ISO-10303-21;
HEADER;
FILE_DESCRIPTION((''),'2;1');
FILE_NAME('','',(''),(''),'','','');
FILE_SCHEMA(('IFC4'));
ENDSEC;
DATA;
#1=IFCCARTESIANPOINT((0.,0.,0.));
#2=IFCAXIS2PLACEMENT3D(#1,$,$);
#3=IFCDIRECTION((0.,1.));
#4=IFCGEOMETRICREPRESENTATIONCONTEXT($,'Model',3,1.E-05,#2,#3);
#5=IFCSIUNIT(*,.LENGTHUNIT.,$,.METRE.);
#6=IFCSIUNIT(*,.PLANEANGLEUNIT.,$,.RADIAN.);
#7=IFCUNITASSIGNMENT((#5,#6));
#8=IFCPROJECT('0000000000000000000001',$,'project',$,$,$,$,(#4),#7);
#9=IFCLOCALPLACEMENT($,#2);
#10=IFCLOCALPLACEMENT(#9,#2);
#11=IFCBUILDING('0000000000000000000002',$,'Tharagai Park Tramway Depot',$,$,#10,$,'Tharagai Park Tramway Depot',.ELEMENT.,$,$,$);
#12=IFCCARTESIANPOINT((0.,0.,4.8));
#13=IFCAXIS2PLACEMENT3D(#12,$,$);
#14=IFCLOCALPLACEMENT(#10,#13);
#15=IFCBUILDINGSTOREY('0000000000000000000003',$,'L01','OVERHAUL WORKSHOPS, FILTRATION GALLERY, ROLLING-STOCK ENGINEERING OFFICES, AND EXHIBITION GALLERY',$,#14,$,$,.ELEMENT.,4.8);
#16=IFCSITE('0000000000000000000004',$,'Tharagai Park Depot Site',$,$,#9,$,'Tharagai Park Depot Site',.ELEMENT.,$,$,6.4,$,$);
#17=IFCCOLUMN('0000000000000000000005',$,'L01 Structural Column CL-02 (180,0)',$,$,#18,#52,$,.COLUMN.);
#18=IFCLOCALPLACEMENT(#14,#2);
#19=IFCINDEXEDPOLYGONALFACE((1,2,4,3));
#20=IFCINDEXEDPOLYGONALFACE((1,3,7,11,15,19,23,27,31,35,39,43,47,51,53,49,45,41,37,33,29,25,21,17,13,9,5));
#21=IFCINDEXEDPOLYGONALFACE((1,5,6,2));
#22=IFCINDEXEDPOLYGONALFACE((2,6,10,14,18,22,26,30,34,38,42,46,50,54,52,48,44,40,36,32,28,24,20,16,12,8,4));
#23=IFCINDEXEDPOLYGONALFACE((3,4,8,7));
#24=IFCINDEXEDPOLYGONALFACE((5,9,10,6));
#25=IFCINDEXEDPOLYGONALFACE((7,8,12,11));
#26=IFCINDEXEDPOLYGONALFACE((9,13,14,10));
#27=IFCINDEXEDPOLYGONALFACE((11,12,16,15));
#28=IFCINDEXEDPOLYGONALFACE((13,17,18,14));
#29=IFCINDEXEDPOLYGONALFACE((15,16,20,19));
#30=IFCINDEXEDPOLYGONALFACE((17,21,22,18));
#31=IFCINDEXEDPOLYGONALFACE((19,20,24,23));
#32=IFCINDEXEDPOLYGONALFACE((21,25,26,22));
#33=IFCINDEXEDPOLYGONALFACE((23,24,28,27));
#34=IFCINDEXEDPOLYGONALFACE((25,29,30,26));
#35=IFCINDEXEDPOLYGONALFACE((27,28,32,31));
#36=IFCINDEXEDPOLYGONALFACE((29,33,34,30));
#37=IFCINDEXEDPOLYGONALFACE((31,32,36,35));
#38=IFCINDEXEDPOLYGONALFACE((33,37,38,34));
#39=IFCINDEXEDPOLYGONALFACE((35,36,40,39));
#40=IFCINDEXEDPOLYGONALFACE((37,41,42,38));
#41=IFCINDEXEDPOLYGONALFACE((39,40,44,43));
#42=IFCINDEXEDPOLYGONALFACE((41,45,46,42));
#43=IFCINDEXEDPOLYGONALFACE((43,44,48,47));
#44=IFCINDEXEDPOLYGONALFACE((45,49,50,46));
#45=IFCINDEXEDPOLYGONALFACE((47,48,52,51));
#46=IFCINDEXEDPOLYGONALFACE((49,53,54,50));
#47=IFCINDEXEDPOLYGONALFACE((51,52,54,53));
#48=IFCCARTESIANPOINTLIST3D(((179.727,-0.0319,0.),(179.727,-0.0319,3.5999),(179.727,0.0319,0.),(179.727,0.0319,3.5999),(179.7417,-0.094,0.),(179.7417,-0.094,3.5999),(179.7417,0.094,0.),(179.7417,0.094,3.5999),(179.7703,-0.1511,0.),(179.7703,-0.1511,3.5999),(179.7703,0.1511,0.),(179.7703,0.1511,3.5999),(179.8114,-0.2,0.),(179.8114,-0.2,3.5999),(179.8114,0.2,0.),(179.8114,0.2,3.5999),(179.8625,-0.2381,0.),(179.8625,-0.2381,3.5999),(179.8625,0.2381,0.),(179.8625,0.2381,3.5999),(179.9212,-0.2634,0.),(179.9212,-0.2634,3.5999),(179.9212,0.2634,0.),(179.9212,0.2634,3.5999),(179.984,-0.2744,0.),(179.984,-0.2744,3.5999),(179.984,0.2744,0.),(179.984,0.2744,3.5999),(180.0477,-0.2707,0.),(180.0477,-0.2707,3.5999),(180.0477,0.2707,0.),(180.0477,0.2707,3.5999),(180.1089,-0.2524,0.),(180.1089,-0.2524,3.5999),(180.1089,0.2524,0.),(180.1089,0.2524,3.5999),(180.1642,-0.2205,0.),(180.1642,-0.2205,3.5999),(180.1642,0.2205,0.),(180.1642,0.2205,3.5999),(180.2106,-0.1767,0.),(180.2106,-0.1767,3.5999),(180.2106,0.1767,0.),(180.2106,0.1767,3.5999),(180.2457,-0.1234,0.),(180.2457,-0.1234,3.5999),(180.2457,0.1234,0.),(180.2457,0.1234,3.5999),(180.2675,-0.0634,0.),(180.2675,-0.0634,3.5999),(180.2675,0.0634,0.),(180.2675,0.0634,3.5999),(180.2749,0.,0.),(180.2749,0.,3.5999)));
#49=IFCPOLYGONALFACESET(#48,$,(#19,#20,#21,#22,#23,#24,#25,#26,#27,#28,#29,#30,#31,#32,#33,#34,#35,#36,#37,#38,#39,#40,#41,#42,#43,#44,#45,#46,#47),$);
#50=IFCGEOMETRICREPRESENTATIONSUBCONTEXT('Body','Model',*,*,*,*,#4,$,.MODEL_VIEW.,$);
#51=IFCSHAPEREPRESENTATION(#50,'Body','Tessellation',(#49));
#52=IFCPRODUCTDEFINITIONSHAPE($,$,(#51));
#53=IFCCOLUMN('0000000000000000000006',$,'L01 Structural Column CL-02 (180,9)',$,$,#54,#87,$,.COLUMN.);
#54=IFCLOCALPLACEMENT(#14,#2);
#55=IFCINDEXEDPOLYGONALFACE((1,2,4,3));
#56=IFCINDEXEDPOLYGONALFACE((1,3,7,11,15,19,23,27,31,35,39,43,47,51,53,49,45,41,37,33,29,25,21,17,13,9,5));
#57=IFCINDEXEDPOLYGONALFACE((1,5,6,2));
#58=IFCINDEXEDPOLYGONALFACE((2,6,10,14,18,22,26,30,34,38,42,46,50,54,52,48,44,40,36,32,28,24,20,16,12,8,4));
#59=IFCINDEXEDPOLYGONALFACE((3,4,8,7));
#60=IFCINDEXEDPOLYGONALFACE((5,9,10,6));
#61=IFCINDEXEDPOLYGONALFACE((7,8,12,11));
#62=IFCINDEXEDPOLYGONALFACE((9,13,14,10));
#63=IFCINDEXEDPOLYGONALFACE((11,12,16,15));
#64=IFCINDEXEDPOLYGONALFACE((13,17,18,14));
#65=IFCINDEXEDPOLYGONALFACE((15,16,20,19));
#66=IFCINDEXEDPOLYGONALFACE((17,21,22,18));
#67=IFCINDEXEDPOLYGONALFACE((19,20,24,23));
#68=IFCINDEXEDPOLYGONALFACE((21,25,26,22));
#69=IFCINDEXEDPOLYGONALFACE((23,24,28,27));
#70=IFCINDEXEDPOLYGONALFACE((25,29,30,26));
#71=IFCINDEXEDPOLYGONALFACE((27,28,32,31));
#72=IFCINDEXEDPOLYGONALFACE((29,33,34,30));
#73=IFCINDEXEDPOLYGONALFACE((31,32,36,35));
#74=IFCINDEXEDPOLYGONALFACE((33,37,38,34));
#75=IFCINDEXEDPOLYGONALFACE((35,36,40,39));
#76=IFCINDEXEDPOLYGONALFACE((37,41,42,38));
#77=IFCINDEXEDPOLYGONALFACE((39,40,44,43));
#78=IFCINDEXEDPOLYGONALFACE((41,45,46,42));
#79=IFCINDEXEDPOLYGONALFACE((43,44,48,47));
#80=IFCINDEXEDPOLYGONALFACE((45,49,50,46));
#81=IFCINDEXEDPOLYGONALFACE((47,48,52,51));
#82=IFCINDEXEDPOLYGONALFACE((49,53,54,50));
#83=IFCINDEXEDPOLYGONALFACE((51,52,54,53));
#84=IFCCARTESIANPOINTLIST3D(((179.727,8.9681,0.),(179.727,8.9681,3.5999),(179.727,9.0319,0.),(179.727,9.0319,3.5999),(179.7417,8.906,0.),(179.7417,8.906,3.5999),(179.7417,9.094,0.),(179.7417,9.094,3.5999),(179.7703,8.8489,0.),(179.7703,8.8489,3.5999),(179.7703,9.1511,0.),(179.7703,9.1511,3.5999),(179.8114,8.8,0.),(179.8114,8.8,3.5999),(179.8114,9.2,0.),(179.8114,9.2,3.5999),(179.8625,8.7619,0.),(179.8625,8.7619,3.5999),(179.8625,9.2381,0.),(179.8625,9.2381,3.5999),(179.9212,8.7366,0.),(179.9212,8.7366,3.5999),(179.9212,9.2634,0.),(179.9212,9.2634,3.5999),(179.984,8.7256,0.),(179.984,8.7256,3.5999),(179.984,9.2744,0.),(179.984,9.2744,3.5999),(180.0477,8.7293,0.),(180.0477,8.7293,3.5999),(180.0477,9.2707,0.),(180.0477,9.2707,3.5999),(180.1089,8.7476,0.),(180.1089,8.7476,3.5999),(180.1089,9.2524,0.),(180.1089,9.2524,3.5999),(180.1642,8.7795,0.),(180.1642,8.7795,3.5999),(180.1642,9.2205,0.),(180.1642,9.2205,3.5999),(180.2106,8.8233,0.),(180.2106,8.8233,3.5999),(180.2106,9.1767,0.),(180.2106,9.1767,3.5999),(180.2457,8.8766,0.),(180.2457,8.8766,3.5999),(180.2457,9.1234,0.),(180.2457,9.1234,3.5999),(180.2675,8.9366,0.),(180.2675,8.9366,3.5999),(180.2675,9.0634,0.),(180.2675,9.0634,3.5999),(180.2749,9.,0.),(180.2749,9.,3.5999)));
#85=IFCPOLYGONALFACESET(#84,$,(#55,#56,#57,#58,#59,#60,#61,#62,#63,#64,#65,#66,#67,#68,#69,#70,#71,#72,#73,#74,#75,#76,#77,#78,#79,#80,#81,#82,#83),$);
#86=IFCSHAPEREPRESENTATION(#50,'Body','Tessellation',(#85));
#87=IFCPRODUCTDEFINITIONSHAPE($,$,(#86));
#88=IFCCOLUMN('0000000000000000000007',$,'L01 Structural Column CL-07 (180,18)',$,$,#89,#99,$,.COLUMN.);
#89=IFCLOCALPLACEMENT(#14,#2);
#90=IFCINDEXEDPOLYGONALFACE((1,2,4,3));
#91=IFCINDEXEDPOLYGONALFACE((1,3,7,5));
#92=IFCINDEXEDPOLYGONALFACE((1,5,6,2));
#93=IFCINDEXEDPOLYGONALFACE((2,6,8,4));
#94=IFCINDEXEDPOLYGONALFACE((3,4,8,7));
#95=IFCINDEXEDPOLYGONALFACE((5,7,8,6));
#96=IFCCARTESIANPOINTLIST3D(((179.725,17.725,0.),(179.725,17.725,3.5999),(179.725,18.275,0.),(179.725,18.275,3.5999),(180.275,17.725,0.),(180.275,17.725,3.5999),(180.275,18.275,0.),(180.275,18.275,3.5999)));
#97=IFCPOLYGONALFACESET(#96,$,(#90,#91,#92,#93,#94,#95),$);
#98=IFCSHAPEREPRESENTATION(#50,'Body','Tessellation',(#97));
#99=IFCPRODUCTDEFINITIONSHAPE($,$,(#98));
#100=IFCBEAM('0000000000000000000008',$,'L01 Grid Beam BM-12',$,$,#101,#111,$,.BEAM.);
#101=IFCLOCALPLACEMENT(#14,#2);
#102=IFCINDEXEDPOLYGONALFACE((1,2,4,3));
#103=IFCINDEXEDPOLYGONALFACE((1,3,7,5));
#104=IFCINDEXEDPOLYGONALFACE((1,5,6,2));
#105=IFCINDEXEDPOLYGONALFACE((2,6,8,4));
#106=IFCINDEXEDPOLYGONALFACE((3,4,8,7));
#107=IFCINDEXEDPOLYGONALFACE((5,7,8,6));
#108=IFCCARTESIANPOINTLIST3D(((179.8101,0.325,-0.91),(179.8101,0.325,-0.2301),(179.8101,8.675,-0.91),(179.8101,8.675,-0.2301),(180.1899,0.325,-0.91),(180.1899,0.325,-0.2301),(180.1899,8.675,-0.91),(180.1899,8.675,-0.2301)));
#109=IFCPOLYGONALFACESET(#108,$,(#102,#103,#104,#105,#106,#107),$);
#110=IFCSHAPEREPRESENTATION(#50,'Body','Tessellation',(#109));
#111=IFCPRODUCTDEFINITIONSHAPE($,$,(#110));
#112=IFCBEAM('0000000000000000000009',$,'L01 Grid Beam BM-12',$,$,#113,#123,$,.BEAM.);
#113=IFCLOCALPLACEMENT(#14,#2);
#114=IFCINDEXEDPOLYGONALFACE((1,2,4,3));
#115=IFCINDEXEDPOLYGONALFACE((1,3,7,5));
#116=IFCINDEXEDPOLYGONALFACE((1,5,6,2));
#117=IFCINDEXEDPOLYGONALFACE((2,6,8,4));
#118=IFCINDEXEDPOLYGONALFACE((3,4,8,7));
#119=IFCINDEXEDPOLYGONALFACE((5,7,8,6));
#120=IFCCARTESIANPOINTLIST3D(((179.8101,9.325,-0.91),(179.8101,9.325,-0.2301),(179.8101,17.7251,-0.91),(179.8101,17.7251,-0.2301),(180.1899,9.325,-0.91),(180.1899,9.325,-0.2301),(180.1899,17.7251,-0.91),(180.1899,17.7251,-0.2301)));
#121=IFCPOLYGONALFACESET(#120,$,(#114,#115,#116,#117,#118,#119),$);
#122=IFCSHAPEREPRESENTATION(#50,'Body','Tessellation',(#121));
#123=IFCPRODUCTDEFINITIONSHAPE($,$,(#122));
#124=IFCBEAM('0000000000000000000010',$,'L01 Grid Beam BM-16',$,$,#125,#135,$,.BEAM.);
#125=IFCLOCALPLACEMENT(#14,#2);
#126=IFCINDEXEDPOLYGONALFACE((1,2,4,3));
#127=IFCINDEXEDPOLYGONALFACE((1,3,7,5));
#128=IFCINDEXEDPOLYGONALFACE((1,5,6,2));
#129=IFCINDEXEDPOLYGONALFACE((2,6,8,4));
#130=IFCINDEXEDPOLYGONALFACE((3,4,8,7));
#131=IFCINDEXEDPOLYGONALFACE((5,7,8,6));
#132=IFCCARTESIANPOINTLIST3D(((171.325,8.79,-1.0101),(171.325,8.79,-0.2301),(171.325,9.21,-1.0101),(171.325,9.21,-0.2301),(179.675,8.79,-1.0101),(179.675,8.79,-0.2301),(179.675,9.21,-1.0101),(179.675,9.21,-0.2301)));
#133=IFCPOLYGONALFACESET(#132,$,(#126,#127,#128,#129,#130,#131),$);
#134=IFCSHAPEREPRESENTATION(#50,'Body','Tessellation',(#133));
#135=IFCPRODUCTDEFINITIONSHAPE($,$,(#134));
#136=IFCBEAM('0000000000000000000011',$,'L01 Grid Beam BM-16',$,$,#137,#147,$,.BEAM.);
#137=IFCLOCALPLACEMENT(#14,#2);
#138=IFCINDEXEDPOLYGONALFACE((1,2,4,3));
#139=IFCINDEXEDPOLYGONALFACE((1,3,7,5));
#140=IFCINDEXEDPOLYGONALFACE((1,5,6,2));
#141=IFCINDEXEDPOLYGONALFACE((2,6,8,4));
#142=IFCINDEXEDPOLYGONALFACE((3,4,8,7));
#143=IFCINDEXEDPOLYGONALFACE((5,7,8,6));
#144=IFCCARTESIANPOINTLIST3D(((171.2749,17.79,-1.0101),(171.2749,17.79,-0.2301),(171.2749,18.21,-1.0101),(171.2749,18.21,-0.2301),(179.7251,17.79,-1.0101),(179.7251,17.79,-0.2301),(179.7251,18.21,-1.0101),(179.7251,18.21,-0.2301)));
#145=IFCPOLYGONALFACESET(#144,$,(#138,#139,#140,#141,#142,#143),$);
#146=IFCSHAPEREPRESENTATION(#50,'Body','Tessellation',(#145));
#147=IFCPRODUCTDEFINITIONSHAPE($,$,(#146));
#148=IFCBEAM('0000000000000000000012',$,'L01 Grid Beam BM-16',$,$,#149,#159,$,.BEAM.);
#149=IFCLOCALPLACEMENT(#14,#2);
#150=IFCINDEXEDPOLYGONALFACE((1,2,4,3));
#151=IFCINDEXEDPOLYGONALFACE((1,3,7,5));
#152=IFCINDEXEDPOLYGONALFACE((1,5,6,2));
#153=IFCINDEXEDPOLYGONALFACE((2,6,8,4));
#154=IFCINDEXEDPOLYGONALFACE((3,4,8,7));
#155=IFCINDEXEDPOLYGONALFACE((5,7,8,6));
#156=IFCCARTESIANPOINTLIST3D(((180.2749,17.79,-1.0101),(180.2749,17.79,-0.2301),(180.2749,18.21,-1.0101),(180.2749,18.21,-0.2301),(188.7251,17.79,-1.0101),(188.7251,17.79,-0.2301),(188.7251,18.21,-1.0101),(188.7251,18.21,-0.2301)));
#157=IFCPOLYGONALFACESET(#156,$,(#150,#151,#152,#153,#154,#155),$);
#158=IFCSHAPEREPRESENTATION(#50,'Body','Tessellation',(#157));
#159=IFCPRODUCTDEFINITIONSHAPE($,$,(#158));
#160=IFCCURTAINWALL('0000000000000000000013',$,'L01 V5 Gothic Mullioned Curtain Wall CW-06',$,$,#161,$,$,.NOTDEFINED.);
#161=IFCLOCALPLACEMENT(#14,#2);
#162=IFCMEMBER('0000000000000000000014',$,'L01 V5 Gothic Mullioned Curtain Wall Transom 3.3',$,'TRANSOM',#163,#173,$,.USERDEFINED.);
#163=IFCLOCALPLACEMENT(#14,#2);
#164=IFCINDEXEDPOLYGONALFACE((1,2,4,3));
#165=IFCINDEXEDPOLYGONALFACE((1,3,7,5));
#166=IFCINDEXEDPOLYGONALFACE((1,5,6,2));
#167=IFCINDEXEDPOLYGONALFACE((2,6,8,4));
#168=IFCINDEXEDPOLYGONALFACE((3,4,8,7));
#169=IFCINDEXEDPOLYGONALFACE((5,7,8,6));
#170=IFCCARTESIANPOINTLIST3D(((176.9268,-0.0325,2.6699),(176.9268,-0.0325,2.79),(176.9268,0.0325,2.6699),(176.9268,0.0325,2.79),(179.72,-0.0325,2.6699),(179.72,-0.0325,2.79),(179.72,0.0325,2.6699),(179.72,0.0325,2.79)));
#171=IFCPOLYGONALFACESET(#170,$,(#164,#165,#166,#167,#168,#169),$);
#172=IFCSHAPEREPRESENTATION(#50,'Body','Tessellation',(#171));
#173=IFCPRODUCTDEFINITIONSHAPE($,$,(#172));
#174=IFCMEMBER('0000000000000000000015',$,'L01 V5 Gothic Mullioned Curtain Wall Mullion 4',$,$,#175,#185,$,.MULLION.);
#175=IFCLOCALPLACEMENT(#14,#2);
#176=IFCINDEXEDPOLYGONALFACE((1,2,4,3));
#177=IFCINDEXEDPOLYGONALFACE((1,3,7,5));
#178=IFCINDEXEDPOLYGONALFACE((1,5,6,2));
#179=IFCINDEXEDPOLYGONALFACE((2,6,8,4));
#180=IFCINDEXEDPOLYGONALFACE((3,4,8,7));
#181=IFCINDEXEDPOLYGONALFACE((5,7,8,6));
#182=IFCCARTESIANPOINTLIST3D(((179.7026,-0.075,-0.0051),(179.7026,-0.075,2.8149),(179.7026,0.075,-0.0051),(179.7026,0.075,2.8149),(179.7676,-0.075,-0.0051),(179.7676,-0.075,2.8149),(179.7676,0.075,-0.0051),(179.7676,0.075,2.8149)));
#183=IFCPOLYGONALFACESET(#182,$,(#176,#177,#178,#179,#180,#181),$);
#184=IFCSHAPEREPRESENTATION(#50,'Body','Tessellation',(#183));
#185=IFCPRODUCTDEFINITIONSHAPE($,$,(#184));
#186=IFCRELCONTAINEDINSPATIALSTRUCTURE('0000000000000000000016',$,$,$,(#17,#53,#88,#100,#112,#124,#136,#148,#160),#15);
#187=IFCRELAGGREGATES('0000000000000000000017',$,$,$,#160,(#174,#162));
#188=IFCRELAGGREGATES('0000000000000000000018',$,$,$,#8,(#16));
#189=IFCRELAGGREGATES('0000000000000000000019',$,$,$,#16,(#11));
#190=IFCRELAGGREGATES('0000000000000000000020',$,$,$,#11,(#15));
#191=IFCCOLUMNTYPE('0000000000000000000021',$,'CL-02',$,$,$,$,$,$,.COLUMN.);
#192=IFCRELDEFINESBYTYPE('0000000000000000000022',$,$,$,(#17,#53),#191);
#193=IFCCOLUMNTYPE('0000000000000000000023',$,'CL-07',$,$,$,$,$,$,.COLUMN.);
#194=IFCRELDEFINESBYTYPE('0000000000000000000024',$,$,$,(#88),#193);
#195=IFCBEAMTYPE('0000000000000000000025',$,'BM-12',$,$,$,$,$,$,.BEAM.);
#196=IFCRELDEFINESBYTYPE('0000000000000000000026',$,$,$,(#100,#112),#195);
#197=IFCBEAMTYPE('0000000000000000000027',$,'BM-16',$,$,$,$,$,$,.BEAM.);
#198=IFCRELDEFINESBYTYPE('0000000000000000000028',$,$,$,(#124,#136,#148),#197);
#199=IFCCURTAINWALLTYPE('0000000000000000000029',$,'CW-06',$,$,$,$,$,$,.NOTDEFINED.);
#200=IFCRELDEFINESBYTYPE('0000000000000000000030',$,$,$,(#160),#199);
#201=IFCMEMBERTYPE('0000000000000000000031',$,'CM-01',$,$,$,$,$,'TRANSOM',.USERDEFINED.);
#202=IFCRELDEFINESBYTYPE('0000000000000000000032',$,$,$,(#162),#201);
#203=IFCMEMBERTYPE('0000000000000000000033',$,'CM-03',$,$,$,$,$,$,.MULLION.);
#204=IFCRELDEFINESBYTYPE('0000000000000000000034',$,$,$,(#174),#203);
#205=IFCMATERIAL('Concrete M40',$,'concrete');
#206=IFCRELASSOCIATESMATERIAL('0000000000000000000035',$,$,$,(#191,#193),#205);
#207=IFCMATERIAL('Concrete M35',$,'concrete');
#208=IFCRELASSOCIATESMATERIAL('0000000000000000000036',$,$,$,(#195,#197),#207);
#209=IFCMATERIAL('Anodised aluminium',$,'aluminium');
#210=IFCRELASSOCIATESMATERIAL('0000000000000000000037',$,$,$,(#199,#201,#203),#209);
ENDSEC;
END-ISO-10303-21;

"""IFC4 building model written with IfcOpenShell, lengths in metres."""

from ifc_helpers import new_model, si_unit, direction, frame, origin, origin_2d, place, context, subcontext, project, spatial, rectangle, circle, extrude, material, material_profile, profile_set, type_object, element, aggregate, save


model = new_model("IFC4")

# Units and contexts
model_context = context("Model", 3, precision=1e-05, world=origin(), true_north=direction((0.0, 1.0)))
body_context = subcontext(model_context, "Body", "Model", "MODEL_VIEW")
ifc_project = project(units=[si_unit("LENGTHUNIT", "METRE"), si_unit("PLANEANGLEUNIT", "RADIAN")], contexts=[model_context])

# Site, building, storey
site_placement = place(None, origin())
site = spatial("IfcSite", under=ifc_project, at=site_placement, Name="Tharagai Park Depot Site", LongName="Tharagai Park Depot Site", CompositionType="ELEMENT", RefElevation=6.4)
building_placement = place(site_placement, origin())
building = spatial("IfcBuilding", under=site, at=building_placement, Name="Tharagai Park Tramway Depot", LongName="Tharagai Park Tramway Depot", CompositionType="ELEMENT")
storey_placement = place(building_placement, frame((0.0, 0.0, 4.8)))
storey = spatial("IfcBuildingStorey", under=building, at=storey_placement, Name="L01", Description="OVERHAUL WORKSHOPS, FILTRATION GALLERY, ROLLING-STOCK ENGINEERING OFFICES, AND EXHIBITION GALLERY", CompositionType="ELEMENT", Elevation=4.8)

# Columns
ifc_material_1 = material(Name="Concrete M40", Category="concrete")
ifc_material_profile_1 = material_profile(ifc_material_1, circle(Radius=0.2749, at=origin_2d()), Name="RC D550")
ifc_profile_set_1 = profile_set([ifc_material_profile_1], Name="Concrete M40")
column_type_1 = type_object("IfcColumnType", Name="CL-02", PredefinedType="COLUMN", material=ifc_profile_set_1)
for number, where, z_axis, x_axis, name in (
    (1, (180.0, 0.0, 0.0), (0.0, 0.0, 1.0), (1.0, 0.0, 0.0), "L01 Structural Column CL-02 (180,0)"),
    (2, (180.0, 9.0, 0.0), (0.0, 0.0, 1.0), (1.0, 0.0, 0.0), "L01 Structural Column CL-02 (180,9)"),
):
    element("IfcColumn", number, at=place(storey_placement, frame(where, z_axis=z_axis, x_axis=x_axis)), inside=storey, type_object=column_type_1, Name=name, PredefinedType="COLUMN", context=body_context, shape_type="SweptSolid", body=[
        extrude(circle(Radius=0.2749, at=origin_2d()), origin(), (0.0, 0.0, 1.0), 3.5999),
    ])
ifc_material_profile_2 = material_profile(ifc_material_1, rectangle(XDim=0.55, YDim=0.55, at=origin_2d()), Name="RC 550x550")
ifc_profile_set_2 = profile_set([ifc_material_profile_2], Name="Concrete M40")
column_type_2 = type_object("IfcColumnType", Name="CL-07", PredefinedType="COLUMN", material=ifc_profile_set_2)
column_placement = place(storey_placement, frame((180.0, 18.0, 0.0), z_axis=(0.0, 0.0, 1.0), x_axis=(1.0, 0.0, 0.0)))
element("IfcColumn", 3, at=column_placement, inside=storey, type_object=column_type_2, Name="L01 Structural Column CL-07 (180,18)", PredefinedType="COLUMN", context=body_context, shape_type="SweptSolid", body=[
    extrude(rectangle(XDim=0.55, YDim=0.55, at=origin_2d()), origin(), (0.0, 0.0, 1.0), 3.5999),
])

# Beams
ifc_material_2 = material(Name="Concrete M35", Category="concrete")
ifc_material_profile_3 = material_profile(ifc_material_2, rectangle(XDim=0.3799, YDim=0.6799, at=origin_2d()), Name="RC 380x680")
ifc_profile_set_3 = profile_set([ifc_material_profile_3], Name="Concrete M35")
beam_type_1 = type_object("IfcBeamType", Name="BM-12", PredefinedType="BEAM", material=ifc_profile_set_3)
beam_1_placement = place(storey_placement, frame((180.0, 0.325, -0.5701), z_axis=(0.0, 1.0, 0.0), x_axis=(-1.0, 0.0, 0.0)))
element("IfcBeam", 4, at=beam_1_placement, inside=storey, type_object=beam_type_1, Name="L01 Grid Beam BM-12", PredefinedType="BEAM", context=body_context, shape_type="SweptSolid", body=[
    extrude(rectangle(XDim=0.3799, YDim=0.6799, at=origin_2d()), origin(), (0.0, 0.0, 1.0), 8.3501),
])
beam_2_placement = place(storey_placement, frame((180.0, 9.325, -0.5701), z_axis=(0.0, 1.0, 0.0), x_axis=(-1.0, 0.0, 0.0)))
element("IfcBeam", 5, at=beam_2_placement, inside=storey, type_object=beam_type_1, Name="L01 Grid Beam BM-12", PredefinedType="BEAM", context=body_context, shape_type="SweptSolid", body=[
    extrude(rectangle(XDim=0.3799, YDim=0.6799, at=origin_2d()), origin(), (0.0, 0.0, 1.0), 8.4001),
])
ifc_material_profile_4 = material_profile(ifc_material_2, rectangle(XDim=0.4199, YDim=0.78, at=origin_2d()), Name="RC 420x780")
ifc_profile_set_4 = profile_set([ifc_material_profile_4], Name="Concrete M35")
beam_type_2 = type_object("IfcBeamType", Name="BM-16", PredefinedType="BEAM", material=ifc_profile_set_4)
beam_3_placement = place(storey_placement, frame((171.325, 9.0, -0.6201), z_axis=(1.0, 0.0, 0.0), x_axis=(0.0, 1.0, 0.0)))
element("IfcBeam", 6, at=beam_3_placement, inside=storey, type_object=beam_type_2, Name="L01 Grid Beam BM-16", PredefinedType="BEAM", context=body_context, shape_type="SweptSolid", body=[
    extrude(rectangle(XDim=0.4199, YDim=0.78, at=origin_2d()), origin(), (0.0, 0.0, 1.0), 8.3501),
])
for number, where, z_axis, x_axis, name in (
    (7, (171.2749, 18.0, -0.6201), (1.0, 0.0, 0.0), (0.0, 1.0, 0.0), "L01 Grid Beam BM-16"),
    (8, (180.2749, 18.0, -0.6201), (1.0, 0.0, 0.0), (0.0, 1.0, 0.0), "L01 Grid Beam BM-16"),
):
    element("IfcBeam", number, at=place(storey_placement, frame(where, z_axis=z_axis, x_axis=x_axis)), inside=storey, type_object=beam_type_2, Name=name, PredefinedType="BEAM", context=body_context, shape_type="SweptSolid", body=[
        extrude(rectangle(XDim=0.4199, YDim=0.78, at=origin_2d()), origin(), (0.0, 0.0, 1.0), 8.4502),
    ])

# Curtain wall, members
ifc_material_3 = material(Name="Anodised aluminium", Category="aluminium")
curtain_wall_type = type_object("IfcCurtainWallType", Name="CW-06", PredefinedType="NOTDEFINED", material=ifc_material_3)
curtain_wall_placement = place(storey_placement, origin())
curtain_wall = element("IfcCurtainWall", 9, at=curtain_wall_placement, inside=storey, type_object=curtain_wall_type, Name="L01 V5 Gothic Mullioned Curtain Wall CW-06", PredefinedType="NOTDEFINED")
ifc_material_profile_5 = material_profile(ifc_material_3, rectangle(XDim=0.0649, YDim=0.1201, at=origin_2d()), Name="ALU 65x120")
ifc_profile_set_5 = profile_set([ifc_material_profile_5], Name="Anodised aluminium")
member_type_1 = type_object("IfcMemberType", Name="CM-01", ElementType="TRANSOM", PredefinedType="USERDEFINED", material=ifc_profile_set_5)
member_1_placement = place(storey_placement, frame((176.9268, 0.0, 2.73), z_axis=(1.0, 0.0, 0.0), x_axis=(0.0, 1.0, 0.0)))
member_1 = element("IfcMember", 10, at=member_1_placement, type_object=member_type_1, Name="L01 V5 Gothic Mullioned Curtain Wall Transom 3.3", ObjectType="TRANSOM", PredefinedType="USERDEFINED", context=body_context, shape_type="SweptSolid", body=[
    extrude(rectangle(XDim=0.0649, YDim=0.1201, at=origin_2d()), origin(), (0.0, 0.0, 1.0), 2.7932),
])
ifc_material_profile_6 = material_profile(ifc_material_3, rectangle(XDim=0.0649, YDim=0.1499, at=origin_2d()), Name="ALU 65x150")
ifc_profile_set_6 = profile_set([ifc_material_profile_6], Name="Anodised aluminium")
member_type_2 = type_object("IfcMemberType", Name="CM-03", PredefinedType="MULLION", material=ifc_profile_set_6)
member_2_placement = place(storey_placement, frame((179.7351, 0.0, -0.0051), z_axis=(0.0, 0.0, 1.0), x_axis=(1.0, 0.0, 0.0)))
member_2 = element("IfcMember", 11, at=member_2_placement, type_object=member_type_2, Name="L01 V5 Gothic Mullioned Curtain Wall Mullion 4", PredefinedType="MULLION", context=body_context, shape_type="SweptSolid", body=[
    extrude(rectangle(XDim=0.0649, YDim=0.1499, at=origin_2d()), origin(), (0.0, 0.0, 1.0), 2.8201),
])

aggregate(curtain_wall, [member_2, member_1])

save(model, "model.ifc")
